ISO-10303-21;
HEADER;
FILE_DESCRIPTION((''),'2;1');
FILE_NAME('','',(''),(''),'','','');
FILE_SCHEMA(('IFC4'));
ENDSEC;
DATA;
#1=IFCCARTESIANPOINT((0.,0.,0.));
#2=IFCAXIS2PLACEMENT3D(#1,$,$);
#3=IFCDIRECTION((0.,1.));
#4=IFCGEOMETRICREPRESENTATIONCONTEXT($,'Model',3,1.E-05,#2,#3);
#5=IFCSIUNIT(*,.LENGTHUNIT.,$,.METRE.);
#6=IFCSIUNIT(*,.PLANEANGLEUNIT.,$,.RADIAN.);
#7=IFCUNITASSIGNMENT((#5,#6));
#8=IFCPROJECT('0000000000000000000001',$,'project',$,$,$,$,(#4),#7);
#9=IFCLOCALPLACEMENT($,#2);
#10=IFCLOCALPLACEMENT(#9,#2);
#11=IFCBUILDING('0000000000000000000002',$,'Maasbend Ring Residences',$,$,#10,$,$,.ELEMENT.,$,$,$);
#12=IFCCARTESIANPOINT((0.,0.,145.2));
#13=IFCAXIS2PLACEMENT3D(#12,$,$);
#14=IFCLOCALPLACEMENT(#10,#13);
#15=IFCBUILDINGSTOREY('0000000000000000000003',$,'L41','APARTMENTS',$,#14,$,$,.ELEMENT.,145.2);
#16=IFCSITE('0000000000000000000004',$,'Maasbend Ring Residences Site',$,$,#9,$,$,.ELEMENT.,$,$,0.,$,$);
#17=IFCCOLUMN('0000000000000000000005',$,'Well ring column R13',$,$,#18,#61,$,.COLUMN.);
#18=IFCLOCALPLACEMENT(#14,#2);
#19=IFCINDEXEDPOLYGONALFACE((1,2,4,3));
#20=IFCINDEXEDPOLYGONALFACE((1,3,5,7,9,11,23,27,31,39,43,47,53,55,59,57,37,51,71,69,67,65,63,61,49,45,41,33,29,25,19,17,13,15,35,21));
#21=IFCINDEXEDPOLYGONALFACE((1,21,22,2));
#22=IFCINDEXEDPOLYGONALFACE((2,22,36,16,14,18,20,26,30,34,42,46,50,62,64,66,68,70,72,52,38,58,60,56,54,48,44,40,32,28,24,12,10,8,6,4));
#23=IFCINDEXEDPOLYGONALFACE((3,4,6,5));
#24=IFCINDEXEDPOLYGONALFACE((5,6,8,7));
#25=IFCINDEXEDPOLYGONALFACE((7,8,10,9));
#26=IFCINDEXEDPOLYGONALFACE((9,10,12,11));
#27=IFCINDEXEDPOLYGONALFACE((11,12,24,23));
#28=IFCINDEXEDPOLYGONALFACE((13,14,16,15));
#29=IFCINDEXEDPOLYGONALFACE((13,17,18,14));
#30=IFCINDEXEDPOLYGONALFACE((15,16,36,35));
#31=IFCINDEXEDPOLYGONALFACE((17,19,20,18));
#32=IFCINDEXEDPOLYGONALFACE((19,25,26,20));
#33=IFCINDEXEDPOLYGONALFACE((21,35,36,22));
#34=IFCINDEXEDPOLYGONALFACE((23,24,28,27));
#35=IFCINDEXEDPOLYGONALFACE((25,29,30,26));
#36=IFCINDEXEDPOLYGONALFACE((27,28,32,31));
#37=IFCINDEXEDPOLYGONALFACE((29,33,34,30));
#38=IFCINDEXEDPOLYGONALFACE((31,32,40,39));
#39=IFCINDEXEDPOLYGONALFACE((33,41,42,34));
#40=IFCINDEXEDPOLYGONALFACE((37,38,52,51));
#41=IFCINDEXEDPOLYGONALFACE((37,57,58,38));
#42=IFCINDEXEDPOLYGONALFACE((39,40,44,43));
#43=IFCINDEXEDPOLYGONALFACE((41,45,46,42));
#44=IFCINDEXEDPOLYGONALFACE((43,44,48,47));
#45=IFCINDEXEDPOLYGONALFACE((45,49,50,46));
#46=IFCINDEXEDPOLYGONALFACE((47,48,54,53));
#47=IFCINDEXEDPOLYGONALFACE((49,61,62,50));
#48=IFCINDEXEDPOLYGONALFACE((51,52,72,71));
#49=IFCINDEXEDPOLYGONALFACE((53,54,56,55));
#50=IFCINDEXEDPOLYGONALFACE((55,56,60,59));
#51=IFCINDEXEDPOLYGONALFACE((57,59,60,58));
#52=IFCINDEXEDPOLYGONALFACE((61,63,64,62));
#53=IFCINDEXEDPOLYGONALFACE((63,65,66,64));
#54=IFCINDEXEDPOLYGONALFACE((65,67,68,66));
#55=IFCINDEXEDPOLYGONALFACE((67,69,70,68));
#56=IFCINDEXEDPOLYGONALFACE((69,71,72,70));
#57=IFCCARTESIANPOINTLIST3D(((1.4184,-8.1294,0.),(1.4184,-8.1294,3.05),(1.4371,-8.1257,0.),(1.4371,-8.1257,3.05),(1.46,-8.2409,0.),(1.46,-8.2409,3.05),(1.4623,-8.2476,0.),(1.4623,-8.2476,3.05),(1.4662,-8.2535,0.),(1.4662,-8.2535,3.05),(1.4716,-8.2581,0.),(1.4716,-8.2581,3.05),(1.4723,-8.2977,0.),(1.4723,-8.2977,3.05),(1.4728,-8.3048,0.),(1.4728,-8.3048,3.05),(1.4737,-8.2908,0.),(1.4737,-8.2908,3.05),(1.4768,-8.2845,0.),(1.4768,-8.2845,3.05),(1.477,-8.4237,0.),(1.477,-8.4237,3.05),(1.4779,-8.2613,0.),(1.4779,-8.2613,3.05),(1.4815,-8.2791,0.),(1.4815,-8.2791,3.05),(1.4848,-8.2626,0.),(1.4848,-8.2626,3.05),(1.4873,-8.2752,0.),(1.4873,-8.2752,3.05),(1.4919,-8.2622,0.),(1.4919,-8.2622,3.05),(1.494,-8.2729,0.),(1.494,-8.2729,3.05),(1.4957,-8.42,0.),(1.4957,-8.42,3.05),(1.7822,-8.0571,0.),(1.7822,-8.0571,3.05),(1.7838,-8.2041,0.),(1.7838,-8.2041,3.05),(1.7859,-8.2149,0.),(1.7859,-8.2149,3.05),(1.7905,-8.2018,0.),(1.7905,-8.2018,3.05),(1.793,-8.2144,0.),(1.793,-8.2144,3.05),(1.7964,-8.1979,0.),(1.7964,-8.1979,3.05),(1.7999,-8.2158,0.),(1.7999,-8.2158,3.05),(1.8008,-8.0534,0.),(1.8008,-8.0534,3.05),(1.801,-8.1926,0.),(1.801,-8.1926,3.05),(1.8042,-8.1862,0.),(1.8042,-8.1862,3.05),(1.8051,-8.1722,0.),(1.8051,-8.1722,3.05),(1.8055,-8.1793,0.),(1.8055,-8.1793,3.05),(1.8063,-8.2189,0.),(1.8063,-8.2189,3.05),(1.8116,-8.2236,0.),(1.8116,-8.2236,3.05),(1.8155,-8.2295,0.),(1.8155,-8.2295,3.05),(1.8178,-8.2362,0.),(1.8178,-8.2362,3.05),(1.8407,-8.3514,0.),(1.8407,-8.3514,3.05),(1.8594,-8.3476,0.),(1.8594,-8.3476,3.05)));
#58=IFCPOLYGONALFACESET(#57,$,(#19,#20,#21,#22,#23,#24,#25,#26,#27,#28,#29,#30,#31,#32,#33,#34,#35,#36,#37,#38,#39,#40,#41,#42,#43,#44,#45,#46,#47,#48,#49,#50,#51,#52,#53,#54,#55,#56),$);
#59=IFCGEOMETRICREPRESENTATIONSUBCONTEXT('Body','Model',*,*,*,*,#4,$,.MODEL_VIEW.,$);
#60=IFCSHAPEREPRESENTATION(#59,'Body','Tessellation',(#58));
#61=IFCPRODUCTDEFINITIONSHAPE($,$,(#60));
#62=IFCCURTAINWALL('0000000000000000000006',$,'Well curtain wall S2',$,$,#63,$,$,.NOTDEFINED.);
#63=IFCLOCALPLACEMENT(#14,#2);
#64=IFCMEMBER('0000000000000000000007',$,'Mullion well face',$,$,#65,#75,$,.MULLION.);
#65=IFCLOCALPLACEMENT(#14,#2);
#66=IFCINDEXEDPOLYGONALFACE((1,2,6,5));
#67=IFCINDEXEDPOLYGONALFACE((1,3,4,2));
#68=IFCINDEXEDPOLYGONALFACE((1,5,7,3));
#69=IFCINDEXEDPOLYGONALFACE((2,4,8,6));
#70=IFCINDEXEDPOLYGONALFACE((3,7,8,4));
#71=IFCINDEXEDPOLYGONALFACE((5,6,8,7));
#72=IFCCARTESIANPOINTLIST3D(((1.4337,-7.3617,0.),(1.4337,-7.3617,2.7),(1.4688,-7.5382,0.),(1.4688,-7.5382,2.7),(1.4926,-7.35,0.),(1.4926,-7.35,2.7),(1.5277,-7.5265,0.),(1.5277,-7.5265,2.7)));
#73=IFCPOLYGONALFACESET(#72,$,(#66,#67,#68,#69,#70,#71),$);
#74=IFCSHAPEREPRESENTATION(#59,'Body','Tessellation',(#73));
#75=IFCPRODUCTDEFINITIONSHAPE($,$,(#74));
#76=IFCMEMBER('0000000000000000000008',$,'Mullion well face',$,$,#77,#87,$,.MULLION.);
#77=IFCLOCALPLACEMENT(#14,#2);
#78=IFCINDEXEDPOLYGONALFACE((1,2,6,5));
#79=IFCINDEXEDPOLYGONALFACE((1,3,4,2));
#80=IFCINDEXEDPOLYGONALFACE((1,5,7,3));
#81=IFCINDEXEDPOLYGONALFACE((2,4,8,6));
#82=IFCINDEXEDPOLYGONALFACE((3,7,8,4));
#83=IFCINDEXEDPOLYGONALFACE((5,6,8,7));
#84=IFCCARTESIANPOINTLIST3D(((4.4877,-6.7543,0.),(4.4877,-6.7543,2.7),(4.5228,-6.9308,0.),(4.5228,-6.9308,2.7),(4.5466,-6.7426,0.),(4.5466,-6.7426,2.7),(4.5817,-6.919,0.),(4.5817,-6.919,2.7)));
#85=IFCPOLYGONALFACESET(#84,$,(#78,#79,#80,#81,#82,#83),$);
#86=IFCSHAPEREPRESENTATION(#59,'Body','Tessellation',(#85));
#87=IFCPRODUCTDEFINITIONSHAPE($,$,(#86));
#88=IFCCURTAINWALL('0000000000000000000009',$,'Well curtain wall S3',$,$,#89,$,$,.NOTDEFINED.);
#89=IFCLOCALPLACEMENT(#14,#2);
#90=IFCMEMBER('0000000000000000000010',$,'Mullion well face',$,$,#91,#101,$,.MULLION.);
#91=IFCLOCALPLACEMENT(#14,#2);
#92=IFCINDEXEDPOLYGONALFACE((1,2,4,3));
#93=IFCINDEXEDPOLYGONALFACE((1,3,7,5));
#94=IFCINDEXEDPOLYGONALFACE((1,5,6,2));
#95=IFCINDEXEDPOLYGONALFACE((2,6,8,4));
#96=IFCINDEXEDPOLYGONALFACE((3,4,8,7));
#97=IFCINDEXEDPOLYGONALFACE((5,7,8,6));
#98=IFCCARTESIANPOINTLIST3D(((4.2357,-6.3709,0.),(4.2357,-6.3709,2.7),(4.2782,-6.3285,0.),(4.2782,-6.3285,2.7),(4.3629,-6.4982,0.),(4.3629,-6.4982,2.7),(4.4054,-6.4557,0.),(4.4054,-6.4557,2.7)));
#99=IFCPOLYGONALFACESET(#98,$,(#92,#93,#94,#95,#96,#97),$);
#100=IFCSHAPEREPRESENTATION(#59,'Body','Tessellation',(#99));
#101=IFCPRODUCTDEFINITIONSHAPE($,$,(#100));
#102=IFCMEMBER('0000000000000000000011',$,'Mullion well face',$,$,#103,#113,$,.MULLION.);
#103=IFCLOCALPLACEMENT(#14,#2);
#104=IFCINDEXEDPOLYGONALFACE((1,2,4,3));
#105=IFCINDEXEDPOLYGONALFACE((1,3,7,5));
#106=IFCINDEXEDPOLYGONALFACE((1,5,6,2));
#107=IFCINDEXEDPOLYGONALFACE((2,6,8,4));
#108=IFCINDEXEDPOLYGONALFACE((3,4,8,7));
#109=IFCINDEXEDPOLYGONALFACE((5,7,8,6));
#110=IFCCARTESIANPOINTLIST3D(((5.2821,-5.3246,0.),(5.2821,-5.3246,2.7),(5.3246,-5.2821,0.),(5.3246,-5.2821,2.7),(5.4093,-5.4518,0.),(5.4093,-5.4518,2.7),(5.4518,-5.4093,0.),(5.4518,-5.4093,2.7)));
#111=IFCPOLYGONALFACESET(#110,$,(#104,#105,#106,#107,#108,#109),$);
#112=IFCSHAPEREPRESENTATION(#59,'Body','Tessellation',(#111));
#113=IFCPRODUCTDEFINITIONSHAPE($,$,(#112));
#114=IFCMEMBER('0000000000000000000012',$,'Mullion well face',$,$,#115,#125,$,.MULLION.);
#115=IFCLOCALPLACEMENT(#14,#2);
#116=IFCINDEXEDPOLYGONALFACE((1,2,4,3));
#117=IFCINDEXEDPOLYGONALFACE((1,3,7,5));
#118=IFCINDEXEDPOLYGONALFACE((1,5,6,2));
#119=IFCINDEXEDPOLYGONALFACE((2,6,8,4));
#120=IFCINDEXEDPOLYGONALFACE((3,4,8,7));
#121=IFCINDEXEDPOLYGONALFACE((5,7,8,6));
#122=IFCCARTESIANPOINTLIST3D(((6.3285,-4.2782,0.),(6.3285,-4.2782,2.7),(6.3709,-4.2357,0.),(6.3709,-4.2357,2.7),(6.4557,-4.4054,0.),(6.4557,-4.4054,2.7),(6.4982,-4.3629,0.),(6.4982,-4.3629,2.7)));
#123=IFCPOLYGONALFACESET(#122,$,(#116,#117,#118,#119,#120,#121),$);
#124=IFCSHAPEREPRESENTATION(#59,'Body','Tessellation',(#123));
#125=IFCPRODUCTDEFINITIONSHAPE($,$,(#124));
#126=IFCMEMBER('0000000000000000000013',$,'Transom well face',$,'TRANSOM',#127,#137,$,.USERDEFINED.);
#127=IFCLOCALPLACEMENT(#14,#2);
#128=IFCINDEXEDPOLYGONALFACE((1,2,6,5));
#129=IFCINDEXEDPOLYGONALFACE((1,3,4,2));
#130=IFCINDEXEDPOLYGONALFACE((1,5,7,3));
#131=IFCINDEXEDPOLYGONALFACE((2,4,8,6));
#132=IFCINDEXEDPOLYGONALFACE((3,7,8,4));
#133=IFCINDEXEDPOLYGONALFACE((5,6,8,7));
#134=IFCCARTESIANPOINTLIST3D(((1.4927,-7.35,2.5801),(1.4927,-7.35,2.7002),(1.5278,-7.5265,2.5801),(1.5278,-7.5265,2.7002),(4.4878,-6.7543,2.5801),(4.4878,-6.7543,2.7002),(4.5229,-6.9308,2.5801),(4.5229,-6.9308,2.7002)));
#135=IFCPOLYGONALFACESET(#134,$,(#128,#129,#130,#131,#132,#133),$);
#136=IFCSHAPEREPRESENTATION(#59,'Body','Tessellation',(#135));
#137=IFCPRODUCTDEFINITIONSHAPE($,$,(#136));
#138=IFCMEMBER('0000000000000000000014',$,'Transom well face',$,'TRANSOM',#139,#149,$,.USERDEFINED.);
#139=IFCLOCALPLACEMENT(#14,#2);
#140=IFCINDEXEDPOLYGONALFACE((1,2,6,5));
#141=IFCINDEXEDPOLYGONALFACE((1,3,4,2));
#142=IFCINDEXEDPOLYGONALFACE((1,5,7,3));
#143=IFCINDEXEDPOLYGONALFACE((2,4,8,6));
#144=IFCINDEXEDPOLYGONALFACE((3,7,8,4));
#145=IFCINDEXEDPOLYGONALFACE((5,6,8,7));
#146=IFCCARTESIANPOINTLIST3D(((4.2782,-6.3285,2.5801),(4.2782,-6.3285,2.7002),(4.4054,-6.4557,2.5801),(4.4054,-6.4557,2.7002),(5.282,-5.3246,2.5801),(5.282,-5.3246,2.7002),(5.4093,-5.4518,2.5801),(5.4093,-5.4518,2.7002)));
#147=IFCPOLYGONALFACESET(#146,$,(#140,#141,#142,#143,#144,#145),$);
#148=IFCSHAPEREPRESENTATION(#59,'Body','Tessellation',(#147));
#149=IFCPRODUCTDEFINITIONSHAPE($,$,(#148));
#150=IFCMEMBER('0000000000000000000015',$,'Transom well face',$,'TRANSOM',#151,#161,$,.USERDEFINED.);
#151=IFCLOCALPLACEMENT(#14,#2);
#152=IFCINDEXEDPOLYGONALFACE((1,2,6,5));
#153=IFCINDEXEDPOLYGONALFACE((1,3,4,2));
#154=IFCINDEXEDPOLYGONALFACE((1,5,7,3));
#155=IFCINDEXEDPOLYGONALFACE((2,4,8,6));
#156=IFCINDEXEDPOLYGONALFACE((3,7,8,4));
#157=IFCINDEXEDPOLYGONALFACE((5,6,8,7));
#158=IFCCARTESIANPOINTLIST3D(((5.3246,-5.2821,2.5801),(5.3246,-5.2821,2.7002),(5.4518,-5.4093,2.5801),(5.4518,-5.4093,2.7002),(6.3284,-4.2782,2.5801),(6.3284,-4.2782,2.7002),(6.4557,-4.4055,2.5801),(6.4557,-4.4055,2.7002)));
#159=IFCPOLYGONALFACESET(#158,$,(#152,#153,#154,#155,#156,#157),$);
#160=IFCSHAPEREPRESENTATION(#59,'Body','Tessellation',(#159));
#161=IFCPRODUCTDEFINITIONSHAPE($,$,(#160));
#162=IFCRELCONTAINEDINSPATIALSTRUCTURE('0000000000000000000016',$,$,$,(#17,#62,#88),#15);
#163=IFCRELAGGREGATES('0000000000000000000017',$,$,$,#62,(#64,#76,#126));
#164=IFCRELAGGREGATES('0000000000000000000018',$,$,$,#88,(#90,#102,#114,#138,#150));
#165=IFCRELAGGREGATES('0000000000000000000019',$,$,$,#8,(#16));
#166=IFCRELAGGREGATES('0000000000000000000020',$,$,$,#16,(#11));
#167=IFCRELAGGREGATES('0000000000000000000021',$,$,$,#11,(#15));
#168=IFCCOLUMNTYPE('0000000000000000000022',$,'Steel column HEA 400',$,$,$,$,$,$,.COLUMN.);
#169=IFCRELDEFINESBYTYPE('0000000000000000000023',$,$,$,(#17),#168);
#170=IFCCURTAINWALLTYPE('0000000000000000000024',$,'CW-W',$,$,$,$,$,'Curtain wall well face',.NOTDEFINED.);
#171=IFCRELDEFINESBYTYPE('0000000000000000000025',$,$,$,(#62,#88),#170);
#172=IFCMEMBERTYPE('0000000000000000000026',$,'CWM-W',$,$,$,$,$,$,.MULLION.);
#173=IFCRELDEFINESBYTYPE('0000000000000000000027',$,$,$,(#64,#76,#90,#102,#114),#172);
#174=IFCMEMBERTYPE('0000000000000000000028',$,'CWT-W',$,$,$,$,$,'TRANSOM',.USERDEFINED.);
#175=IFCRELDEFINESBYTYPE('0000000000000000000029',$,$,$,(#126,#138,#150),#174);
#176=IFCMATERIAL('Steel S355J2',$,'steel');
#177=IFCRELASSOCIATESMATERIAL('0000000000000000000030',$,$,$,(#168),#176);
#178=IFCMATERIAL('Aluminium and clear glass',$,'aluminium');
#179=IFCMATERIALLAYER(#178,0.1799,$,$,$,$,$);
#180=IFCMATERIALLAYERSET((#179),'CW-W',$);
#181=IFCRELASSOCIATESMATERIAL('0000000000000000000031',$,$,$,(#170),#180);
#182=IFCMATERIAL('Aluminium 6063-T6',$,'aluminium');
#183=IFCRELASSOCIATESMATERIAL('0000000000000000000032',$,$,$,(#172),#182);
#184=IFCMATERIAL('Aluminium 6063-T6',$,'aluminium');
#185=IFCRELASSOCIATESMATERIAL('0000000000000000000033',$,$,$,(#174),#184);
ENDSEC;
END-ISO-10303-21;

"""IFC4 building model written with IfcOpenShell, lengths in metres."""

from ifc_helpers import new_model, si_unit, direction, frame, origin, origin_2d, place, context, subcontext, project, spatial, rectangle, i_section, extrude, material, layer, layer_set, material_profile, profile_set, type_object, element, aggregate, save


model = new_model("IFC4")

# Units and contexts
model_context = context("Model", 3, precision=1e-05, world=origin(), true_north=direction((0.0, 1.0)))
body_context = subcontext(model_context, "Body", "Model", "MODEL_VIEW")
ifc_project = project(units=[si_unit("LENGTHUNIT", "METRE"), si_unit("PLANEANGLEUNIT", "RADIAN")], contexts=[model_context])

# Site, building, storey
site_placement = place(None, origin())
site = spatial("IfcSite", under=ifc_project, at=site_placement, Name="Maasbend Ring Residences Site", CompositionType="ELEMENT", RefElevation=0.0)
building_placement = place(site_placement, origin())
building = spatial("IfcBuilding", under=site, at=building_placement, Name="Maasbend Ring Residences", CompositionType="ELEMENT")
storey_placement = place(building_placement, frame((0.0, 0.0, 145.2)))
storey = spatial("IfcBuildingStorey", under=building, at=storey_placement, Name="L41", Description="APARTMENTS", CompositionType="ELEMENT", Elevation=145.2)

# Column
ifc_material_1 = material(Name="Steel S355J2", Category="steel")
ifc_material_profile_1 = material_profile(ifc_material_1, i_section(OverallWidth=0.3, OverallDepth=0.3899, WebThickness=0.011, FlangeThickness=0.019, FilletRadius=0.0271, at=origin_2d()), Name="HEA 400")
ifc_profile_set_1 = profile_set([ifc_material_profile_1], Name="Steel S355J2")
column_type = type_object("IfcColumnType", Name="Steel column HEA 400", PredefinedType="COLUMN", material=ifc_profile_set_1)
column_placement = place(storey_placement, frame((1.6389, -8.2385, 0.0), z_axis=(0.0, 0.0, 1.0), x_axis=(0.19509, -0.980785, 0.0)))
element("IfcColumn", 1, at=column_placement, inside=storey, type_object=column_type, Name="Well ring column R13", PredefinedType="COLUMN", context=body_context, shape_type="SweptSolid", body=[
    extrude(i_section(OverallWidth=0.3, OverallDepth=0.3899, WebThickness=0.011, FlangeThickness=0.019, FilletRadius=0.0271, at=origin_2d()), origin(), (0.0, 0.0, 1.0), 3.05),
])

# Curtain walls, members
ifc_material_2 = material(Name="Aluminium and clear glass", Category="aluminium")
ifc_layer_1 = layer(ifc_material_2, 0.1799)
ifc_layer_set_1 = layer_set([ifc_layer_1], Name="CW-W")
curtain_wall_type = type_object("IfcCurtainWallType", Name="CW-W", ElementType="Curtain wall well face", PredefinedType="NOTDEFINED", material=ifc_layer_set_1)
curtain_wall_1_placement = place(storey_placement, origin())
curtain_wall_1 = element("IfcCurtainWall", 2, at=curtain_wall_1_placement, inside=storey, type_object=curtain_wall_type, Name="Well curtain wall S2", PredefinedType="NOTDEFINED")
ifc_material_3 = material(Name="Aluminium 6063-T6", Category="aluminium")
ifc_material_profile_2 = material_profile(ifc_material_3, rectangle(XDim=0.1799, YDim=0.0601, at=origin_2d()), Name="AL 180x60")
ifc_profile_set_2 = profile_set([ifc_material_profile_2], Name="Aluminium 6063-T6")
member_type_1 = type_object("IfcMemberType", Name="CWM-W", PredefinedType="MULLION", material=ifc_profile_set_2)
member_1_placement = place(storey_placement, frame((1.4807, -7.4441, 0.0), z_axis=(0.0, 0.0, 1.0), x_axis=(-0.19509, 0.980785, 0.0)))
member_1 = element("IfcMember", 3, at=member_1_placement, type_object=member_type_1, Name="Mullion well face", PredefinedType="MULLION", context=body_context, shape_type="SweptSolid", body=[
    extrude(rectangle(XDim=0.1799, YDim=0.0601, at=origin_2d()), origin(), (0.0, 0.0, 1.0), 2.7),
])
member_2_placement = place(storey_placement, frame((4.5347, -6.8367, 0.0), z_axis=(0.0, 0.0, 1.0), x_axis=(-0.19509, 0.980785, 0.0)))
member_2 = element("IfcMember", 4, at=member_2_placement, type_object=member_type_1, Name="Mullion well face", PredefinedType="MULLION", context=body_context, shape_type="SweptSolid", body=[
    extrude(rectangle(XDim=0.1799, YDim=0.0601, at=origin_2d()), origin(), (0.0, 0.0, 1.0), 2.7),
])
curtain_wall_2_placement = place(storey_placement, origin())
curtain_wall_2 = element("IfcCurtainWall", 5, at=curtain_wall_2_placement, inside=storey, type_object=curtain_wall_type, Name="Well curtain wall S3", PredefinedType="NOTDEFINED")
member_3_placement = place(storey_placement, frame((4.3206, -6.4133, 0.0), z_axis=(0.0, 0.0, 1.0), x_axis=(-0.707107, 0.707107, 0.0)))
member_3 = element("IfcMember", 6, at=member_3_placement, type_object=member_type_1, Name="Mullion well face", PredefinedType="MULLION", context=body_context, shape_type="SweptSolid", body=[
    extrude(rectangle(XDim=0.1799, YDim=0.0601, at=origin_2d()), origin(), (0.0, 0.0, 1.0), 2.7),
])
member_4_placement = place(storey_placement, frame((5.3669, -5.3669, 0.0), z_axis=(0.0, 0.0, 1.0), x_axis=(-0.707107, 0.707107, 0.0)))
member_4 = element("IfcMember", 7, at=member_4_placement, type_object=member_type_1, Name="Mullion well face", PredefinedType="MULLION", context=body_context, shape_type="SweptSolid", body=[
    extrude(rectangle(XDim=0.1799, YDim=0.0601, at=origin_2d()), origin(), (0.0, 0.0, 1.0), 2.7),
])
member_5_placement = place(storey_placement, frame((6.4133, -4.3206, 0.0), z_axis=(0.0, 0.0, 1.0), x_axis=(-0.707107, 0.707107, 0.0)))
member_5 = element("IfcMember", 8, at=member_5_placement, type_object=member_type_1, Name="Mullion well face", PredefinedType="MULLION", context=body_context, shape_type="SweptSolid", body=[
    extrude(rectangle(XDim=0.1799, YDim=0.0601, at=origin_2d()), origin(), (0.0, 0.0, 1.0), 2.7),
])

# Members
ifc_material_4 = material(Name="Aluminium 6063-T6", Category="aluminium")
ifc_material_profile_3 = material_profile(ifc_material_4, rectangle(XDim=0.1799, YDim=0.1201, at=origin_2d()), Name="AL 180x120")
ifc_profile_set_3 = profile_set([ifc_material_profile_3], Name="Aluminium 6063-T6")
member_type_2 = type_object("IfcMemberType", Name="CWT-W", ElementType="TRANSOM", PredefinedType="USERDEFINED", material=ifc_profile_set_3)
member_6_placement = place(storey_placement, frame((1.5103, -7.4382, 2.6401), z_axis=(0.980789, 0.195071, 0.0), x_axis=(-0.195071, 0.980789, 0.0)))
member_6 = element("IfcMember", 9, at=member_6_placement, type_object=member_type_2, Name="Transom well face", ObjectType="TRANSOM", PredefinedType="USERDEFINED", context=body_context, shape_type="SweptSolid", body=[
    extrude(rectangle(XDim=0.1799, YDim=0.1201, at=origin_2d()), origin(), (0.0, 0.0, 1.0), 3.0537),
])
member_7_placement = place(storey_placement, frame((4.3418, -6.3921, 2.6401), z_axis=(0.707107, 0.707107, 0.0), x_axis=(-0.707107, 0.707107, 0.0)))
member_7 = element("IfcMember", 10, at=member_7_placement, type_object=member_type_2, Name="Transom well face", ObjectType="TRANSOM", PredefinedType="USERDEFINED", context=body_context, shape_type="SweptSolid", body=[
    extrude(rectangle(XDim=0.1799, YDim=0.1201, at=origin_2d()), origin(), (0.0, 0.0, 1.0), 1.4197),
])
member_8_placement = place(storey_placement, frame((5.3882, -5.3457, 2.6401), z_axis=(0.707107, 0.707107, 0.0), x_axis=(-0.707107, 0.707107, 0.0)))
member_8 = element("IfcMember", 11, at=member_8_placement, type_object=member_type_2, Name="Transom well face", ObjectType="TRANSOM", PredefinedType="USERDEFINED", context=body_context, shape_type="SweptSolid", body=[
    extrude(rectangle(XDim=0.1799, YDim=0.1201, at=origin_2d()), origin(), (0.0, 0.0, 1.0), 1.4197),
])

aggregate(curtain_wall_1, [member_1, member_2, member_6])
aggregate(curtain_wall_2, [member_3, member_4, member_5, member_7, member_8])

save(model, "model.ifc")
